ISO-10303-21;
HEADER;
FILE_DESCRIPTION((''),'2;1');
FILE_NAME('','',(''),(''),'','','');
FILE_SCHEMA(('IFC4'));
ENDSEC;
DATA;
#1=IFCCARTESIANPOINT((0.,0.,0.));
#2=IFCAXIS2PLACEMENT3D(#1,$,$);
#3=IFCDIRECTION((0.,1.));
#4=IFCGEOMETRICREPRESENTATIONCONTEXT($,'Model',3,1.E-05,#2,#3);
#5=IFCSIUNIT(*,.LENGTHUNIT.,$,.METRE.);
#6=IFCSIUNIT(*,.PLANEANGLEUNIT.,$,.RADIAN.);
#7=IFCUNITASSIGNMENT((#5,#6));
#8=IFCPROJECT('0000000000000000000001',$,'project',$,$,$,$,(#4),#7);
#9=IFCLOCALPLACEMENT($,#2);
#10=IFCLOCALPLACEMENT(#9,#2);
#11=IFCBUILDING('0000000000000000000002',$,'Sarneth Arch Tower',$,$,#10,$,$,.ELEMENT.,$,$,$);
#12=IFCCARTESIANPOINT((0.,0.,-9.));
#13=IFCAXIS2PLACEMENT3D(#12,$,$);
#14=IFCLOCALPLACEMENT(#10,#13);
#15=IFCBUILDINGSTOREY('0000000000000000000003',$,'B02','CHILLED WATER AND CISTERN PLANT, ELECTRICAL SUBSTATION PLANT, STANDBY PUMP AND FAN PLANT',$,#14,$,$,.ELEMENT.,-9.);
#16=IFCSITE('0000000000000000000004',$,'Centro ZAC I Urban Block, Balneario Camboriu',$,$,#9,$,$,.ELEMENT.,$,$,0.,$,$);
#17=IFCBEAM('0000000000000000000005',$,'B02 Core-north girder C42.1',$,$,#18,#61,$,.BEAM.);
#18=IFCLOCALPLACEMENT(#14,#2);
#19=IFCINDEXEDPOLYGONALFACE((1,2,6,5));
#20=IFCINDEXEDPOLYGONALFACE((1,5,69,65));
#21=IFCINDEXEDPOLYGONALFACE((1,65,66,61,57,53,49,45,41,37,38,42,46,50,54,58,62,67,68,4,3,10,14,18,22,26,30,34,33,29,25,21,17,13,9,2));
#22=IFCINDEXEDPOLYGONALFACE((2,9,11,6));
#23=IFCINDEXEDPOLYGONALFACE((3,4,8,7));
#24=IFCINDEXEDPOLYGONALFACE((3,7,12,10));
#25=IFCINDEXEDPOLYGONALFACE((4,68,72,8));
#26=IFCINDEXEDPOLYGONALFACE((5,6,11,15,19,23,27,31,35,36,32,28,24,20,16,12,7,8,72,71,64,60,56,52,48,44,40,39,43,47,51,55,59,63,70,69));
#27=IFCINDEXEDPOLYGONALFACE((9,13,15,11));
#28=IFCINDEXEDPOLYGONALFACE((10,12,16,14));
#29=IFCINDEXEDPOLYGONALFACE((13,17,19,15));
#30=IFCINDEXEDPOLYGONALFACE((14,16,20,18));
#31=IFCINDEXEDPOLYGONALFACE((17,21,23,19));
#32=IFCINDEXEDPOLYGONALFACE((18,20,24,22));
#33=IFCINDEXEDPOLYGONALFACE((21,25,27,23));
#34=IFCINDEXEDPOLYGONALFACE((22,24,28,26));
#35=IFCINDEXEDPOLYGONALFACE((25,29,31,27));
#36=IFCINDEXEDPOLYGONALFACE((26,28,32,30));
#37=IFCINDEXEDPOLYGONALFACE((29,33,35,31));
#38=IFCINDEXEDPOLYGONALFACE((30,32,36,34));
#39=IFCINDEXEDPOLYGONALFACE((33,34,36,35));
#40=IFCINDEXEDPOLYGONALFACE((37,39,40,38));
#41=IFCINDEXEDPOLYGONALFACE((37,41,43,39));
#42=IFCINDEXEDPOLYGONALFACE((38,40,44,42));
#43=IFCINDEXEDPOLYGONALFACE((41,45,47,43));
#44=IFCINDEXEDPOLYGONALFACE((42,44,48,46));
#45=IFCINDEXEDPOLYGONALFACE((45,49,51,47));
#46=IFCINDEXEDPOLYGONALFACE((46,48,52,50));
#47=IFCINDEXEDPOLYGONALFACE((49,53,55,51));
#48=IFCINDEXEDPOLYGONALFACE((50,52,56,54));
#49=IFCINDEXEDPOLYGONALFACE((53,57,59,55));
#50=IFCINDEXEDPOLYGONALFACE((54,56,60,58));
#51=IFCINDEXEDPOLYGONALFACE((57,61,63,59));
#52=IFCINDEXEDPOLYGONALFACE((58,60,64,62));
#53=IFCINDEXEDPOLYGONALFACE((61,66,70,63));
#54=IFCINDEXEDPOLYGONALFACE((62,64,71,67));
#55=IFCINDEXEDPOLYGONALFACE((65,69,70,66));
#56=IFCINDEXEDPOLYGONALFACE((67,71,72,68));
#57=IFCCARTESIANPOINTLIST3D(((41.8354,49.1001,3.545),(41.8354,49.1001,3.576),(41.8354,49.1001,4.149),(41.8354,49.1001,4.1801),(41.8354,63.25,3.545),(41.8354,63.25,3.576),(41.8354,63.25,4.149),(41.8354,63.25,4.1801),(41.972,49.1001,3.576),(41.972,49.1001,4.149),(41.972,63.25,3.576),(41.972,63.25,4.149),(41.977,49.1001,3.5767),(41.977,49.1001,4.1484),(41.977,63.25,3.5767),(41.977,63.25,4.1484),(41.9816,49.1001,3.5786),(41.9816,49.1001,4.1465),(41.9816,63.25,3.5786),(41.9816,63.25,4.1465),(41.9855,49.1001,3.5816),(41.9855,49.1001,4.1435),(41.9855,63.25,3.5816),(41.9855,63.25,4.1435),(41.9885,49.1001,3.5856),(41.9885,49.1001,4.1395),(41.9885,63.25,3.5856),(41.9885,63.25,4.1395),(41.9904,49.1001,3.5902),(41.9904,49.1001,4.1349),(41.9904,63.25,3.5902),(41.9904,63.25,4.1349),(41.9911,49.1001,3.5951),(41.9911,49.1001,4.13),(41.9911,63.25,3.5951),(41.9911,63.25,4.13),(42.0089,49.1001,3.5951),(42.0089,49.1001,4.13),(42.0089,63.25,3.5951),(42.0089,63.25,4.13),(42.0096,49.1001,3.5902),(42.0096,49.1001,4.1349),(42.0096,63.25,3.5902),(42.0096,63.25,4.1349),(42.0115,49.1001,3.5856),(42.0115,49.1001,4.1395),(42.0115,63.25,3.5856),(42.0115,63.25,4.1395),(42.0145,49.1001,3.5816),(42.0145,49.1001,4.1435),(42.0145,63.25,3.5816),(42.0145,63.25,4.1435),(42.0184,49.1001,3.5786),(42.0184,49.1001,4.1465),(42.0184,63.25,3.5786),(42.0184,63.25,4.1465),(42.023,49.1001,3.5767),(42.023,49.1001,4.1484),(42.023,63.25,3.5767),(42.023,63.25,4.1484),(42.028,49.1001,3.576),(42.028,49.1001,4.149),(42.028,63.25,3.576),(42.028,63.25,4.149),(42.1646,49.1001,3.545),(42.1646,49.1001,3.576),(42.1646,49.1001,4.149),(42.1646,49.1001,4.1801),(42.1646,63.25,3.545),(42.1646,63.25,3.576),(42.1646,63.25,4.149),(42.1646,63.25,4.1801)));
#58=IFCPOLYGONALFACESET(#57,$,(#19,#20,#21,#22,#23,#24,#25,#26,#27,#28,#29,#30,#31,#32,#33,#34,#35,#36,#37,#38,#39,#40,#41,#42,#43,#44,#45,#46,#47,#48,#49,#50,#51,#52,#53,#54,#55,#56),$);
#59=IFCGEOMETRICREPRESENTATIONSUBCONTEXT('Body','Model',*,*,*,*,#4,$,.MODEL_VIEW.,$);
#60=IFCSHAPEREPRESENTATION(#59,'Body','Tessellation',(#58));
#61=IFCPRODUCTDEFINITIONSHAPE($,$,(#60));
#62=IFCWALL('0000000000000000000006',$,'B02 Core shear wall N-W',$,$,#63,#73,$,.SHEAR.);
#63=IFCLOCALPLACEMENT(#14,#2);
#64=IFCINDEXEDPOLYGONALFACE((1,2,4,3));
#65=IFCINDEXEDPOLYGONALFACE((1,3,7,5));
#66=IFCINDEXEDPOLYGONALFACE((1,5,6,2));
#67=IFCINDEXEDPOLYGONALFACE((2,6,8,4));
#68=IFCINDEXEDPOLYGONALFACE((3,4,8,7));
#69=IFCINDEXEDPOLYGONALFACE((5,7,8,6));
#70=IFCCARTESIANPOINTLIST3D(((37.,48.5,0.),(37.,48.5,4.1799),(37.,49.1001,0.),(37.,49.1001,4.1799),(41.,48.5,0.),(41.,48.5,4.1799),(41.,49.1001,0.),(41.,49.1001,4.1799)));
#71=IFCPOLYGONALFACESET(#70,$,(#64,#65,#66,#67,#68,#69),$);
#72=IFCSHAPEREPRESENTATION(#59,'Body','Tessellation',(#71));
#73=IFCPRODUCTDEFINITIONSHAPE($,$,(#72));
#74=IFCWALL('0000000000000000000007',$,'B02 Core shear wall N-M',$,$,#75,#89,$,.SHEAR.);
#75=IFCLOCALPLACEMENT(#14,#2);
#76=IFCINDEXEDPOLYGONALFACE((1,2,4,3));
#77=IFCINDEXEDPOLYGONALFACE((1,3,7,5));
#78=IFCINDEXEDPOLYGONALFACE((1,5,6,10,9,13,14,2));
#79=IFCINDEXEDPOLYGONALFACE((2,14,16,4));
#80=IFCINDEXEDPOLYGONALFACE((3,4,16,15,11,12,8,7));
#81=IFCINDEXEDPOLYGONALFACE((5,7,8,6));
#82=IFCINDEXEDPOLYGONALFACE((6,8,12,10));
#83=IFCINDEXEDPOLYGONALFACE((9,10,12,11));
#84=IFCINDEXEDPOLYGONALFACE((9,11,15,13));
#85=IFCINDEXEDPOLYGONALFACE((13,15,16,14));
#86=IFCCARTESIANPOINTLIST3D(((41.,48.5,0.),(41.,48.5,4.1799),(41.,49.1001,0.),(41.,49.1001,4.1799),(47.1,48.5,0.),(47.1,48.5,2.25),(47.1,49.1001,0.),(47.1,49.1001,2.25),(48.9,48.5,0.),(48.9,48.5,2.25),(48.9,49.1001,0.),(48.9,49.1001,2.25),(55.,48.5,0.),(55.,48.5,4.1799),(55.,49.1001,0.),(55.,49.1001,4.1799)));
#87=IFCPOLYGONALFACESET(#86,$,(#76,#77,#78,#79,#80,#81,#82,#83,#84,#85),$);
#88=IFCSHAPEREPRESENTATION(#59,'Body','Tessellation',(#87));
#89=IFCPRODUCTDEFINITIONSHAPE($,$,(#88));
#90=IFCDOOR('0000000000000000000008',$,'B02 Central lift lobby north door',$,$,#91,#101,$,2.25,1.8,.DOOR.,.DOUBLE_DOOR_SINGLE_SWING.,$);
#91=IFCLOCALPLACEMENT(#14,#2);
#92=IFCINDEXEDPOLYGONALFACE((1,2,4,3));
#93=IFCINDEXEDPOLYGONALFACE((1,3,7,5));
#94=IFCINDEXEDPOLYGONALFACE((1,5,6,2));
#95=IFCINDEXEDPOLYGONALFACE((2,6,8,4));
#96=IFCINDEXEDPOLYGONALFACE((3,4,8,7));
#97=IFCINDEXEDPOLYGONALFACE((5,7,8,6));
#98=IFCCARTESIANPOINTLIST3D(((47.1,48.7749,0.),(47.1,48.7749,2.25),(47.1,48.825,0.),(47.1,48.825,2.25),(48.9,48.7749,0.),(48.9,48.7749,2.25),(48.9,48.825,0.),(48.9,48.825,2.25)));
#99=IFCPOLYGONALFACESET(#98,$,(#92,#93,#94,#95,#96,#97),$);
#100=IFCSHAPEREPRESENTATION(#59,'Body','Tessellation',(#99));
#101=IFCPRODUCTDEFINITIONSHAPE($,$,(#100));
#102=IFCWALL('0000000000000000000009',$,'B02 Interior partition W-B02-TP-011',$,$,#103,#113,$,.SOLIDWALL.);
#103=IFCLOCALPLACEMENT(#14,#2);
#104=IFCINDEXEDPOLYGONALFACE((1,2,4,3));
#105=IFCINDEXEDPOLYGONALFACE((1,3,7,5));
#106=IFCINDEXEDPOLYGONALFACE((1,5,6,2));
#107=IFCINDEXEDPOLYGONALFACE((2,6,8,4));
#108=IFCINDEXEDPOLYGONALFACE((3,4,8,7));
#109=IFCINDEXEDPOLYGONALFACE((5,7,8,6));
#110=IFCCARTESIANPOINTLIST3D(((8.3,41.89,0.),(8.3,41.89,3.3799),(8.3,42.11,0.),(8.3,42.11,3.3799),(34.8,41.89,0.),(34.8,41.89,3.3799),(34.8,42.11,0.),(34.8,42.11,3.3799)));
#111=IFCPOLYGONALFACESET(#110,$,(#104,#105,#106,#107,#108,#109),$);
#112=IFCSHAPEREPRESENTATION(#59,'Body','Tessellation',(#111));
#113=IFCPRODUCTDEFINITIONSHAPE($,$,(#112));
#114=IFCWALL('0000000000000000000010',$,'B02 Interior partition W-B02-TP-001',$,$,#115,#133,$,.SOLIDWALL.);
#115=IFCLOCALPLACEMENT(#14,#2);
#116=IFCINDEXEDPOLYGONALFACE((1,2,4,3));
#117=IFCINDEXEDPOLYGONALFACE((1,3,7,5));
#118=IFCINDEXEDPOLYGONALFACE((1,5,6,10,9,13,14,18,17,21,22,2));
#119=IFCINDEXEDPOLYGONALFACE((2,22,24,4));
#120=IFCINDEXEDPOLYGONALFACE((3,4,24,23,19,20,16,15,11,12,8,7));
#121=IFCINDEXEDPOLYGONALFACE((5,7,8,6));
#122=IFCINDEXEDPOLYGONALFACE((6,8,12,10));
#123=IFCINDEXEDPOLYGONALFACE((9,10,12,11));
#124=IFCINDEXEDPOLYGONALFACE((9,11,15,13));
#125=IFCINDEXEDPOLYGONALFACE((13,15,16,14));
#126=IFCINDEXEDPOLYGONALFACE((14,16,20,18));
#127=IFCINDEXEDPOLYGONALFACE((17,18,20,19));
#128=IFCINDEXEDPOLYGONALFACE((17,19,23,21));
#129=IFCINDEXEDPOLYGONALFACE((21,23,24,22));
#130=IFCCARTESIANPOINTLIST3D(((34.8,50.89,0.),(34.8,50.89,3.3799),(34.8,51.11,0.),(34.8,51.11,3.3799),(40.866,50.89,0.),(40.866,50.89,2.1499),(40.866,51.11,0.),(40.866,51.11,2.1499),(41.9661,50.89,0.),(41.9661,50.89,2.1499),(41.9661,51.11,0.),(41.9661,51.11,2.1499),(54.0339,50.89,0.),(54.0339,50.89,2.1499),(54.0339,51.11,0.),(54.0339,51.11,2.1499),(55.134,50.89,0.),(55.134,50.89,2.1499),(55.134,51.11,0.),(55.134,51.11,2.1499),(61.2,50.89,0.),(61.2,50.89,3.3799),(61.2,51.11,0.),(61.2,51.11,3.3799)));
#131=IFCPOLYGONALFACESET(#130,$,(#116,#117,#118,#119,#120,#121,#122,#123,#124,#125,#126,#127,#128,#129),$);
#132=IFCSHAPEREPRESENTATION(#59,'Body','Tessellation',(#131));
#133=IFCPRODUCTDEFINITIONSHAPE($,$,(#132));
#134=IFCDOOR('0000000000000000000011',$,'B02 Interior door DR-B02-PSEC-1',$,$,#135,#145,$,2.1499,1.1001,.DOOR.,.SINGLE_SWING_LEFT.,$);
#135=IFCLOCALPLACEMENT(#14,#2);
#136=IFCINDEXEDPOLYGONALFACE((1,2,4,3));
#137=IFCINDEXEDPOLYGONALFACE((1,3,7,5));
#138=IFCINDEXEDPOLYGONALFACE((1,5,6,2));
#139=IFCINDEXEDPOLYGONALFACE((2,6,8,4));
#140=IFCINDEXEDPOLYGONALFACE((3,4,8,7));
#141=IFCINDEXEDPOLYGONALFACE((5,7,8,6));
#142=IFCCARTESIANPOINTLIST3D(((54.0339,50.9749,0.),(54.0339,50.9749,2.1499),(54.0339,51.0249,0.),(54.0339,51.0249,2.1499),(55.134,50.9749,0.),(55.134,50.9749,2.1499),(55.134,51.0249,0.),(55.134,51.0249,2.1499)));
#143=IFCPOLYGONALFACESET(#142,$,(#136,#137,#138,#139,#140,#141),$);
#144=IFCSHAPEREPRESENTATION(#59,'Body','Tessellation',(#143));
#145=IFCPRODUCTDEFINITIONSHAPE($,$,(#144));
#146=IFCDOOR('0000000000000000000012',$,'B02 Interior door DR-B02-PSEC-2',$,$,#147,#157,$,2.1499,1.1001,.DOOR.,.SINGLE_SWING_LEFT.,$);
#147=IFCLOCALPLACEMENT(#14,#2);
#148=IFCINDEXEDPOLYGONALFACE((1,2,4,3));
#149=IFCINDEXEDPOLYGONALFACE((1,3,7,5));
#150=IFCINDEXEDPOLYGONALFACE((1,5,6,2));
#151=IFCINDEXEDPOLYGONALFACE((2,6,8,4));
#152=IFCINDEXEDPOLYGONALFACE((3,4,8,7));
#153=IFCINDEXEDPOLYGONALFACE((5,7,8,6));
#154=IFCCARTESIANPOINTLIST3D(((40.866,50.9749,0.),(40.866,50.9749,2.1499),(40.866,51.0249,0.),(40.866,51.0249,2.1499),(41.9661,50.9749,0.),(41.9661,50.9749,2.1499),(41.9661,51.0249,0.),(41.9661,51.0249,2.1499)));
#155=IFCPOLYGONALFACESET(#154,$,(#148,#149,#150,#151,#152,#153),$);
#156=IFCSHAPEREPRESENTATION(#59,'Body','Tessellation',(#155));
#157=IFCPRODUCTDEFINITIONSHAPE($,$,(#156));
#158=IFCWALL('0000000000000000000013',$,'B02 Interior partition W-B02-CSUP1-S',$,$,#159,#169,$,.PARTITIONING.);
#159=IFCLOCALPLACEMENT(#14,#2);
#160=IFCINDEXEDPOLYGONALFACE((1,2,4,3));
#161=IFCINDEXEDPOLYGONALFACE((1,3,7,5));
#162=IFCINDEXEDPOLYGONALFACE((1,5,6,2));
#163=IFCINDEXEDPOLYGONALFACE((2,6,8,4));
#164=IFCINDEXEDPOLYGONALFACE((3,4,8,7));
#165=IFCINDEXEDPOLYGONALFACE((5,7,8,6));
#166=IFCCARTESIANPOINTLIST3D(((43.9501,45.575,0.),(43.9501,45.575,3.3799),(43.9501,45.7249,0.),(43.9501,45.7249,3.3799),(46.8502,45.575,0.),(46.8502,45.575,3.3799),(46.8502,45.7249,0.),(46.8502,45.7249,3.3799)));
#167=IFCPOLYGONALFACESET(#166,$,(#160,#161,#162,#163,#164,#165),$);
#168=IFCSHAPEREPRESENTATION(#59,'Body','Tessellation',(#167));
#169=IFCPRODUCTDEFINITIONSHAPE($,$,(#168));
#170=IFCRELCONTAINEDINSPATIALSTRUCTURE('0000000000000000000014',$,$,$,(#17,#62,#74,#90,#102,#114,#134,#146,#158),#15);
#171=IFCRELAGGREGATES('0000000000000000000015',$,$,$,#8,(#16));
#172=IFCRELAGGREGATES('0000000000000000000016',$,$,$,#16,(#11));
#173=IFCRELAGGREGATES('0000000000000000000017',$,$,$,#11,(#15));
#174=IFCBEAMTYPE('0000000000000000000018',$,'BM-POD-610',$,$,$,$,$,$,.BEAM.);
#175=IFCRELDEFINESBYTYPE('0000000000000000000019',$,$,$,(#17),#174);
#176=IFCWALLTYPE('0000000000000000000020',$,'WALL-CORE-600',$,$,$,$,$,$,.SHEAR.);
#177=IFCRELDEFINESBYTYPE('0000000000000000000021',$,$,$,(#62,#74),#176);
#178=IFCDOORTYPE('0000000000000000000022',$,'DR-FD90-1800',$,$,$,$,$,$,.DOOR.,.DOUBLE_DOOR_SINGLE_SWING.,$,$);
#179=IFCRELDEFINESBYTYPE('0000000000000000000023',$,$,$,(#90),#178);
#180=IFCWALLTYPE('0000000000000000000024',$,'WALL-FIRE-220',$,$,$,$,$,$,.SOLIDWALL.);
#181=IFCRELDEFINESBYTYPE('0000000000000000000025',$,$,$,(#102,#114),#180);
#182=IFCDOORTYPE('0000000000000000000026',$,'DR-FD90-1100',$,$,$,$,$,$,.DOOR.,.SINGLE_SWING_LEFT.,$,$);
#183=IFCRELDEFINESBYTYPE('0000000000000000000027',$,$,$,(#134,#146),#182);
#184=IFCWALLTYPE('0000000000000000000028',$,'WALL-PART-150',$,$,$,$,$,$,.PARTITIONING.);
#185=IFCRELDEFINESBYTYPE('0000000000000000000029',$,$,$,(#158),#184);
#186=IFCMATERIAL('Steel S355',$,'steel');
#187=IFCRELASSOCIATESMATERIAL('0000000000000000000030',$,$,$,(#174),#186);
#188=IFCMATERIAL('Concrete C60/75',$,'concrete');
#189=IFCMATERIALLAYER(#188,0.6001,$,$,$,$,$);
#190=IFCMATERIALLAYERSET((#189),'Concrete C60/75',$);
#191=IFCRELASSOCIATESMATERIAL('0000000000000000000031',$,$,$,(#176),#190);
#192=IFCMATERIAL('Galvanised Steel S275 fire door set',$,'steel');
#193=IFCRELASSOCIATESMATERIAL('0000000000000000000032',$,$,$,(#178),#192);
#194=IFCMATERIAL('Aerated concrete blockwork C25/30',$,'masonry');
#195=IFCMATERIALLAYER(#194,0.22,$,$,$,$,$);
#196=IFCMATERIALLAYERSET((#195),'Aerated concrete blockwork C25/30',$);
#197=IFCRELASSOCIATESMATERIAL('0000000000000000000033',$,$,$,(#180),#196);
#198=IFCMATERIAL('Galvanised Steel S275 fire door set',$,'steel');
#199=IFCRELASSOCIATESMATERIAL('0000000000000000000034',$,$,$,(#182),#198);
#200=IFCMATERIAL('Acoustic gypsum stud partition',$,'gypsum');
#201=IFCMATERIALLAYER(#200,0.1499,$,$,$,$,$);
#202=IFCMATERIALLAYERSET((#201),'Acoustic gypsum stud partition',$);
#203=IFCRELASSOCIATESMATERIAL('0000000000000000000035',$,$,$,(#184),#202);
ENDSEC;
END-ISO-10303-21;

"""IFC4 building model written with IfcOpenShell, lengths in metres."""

from ifc_helpers import new_model, si_unit, direction, frame, frame_2d, origin, origin_2d, place, context, subcontext, project, spatial, rectangle, i_section, extrude, material, layer, layer_set, material_profile, profile_set, type_object, element, fill, save


model = new_model("IFC4")

# Units and contexts
model_context = context("Model", 3, precision=1e-05, world=origin(), true_north=direction((0.0, 1.0)))
body_context = subcontext(model_context, "Body", "Model", "MODEL_VIEW")
ifc_project = project(units=[si_unit("LENGTHUNIT", "METRE"), si_unit("PLANEANGLEUNIT", "RADIAN")], contexts=[model_context])

# Site, building, storey
site_placement = place(None, origin())
site = spatial("IfcSite", under=ifc_project, at=site_placement, Name="Centro ZAC I Urban Block, Balneario Camboriu", CompositionType="ELEMENT", RefElevation=0.0)
building_placement = place(site_placement, origin())
building = spatial("IfcBuilding", under=site, at=building_placement, Name="Sarneth Arch Tower", CompositionType="ELEMENT")
storey_placement = place(building_placement, frame((0.0, 0.0, -9.0)))
storey = spatial("IfcBuildingStorey", under=building, at=storey_placement, Name="B02", Description="CHILLED WATER AND CISTERN PLANT, ELECTRICAL SUBSTATION PLANT, STANDBY PUMP AND FAN PLANT", CompositionType="ELEMENT", Elevation=-9.0)

# Beam
ifc_material_1 = material(Name="Steel S355", Category="steel")
ifc_material_profile_1 = material_profile(ifc_material_1, i_section(OverallWidth=0.3291, OverallDepth=0.635, WebThickness=0.0178, FlangeThickness=0.031, FilletRadius=0.019, at=origin_2d()), Name="W610x241")
ifc_profile_set_1 = profile_set([ifc_material_profile_1], Name="Steel S355")
beam_type = type_object("IfcBeamType", Name="BM-POD-610", PredefinedType="BEAM", material=ifc_profile_set_1)
beam_1_placement = place(storey_placement, frame((42.0, 49.1001, 3.8625), z_axis=(0.0, 1.0, 0.0), x_axis=(-1.0, 0.0, 0.0)))
element("IfcBeam", 1, at=beam_1_placement, inside=storey, type_object=beam_type, Name="B02 Core-north girder C42.1", PredefinedType="BEAM", context=body_context, shape_type="SweptSolid", body=[
    extrude(i_section(OverallWidth=0.3291, OverallDepth=0.635, WebThickness=0.0178, FlangeThickness=0.031, FilletRadius=0.019, at=origin_2d()), origin(), (0.0, 0.0, 1.0), 14.1499),
])

# Wall
ifc_material_2 = material(Name="Concrete C60/75", Category="concrete")
ifc_layer_1 = layer(ifc_material_2, 0.6001)
ifc_layer_set_1 = layer_set([ifc_layer_1], Name="Concrete C60/75")
wall_type_1 = type_object("IfcWallType", Name="WALL-CORE-600", PredefinedType="SHEAR", material=ifc_layer_set_1)
wall_1_placement = place(storey_placement, frame((37.0, 48.8, 0.0), z_axis=(0.0, 0.0, 1.0), x_axis=(1.0, 0.0, 0.0)))
element("IfcWall", 2, at=wall_1_placement, inside=storey, type_object=wall_type_1, Name="B02 Core shear wall N-W", PredefinedType="SHEAR", context=body_context, shape_type="SweptSolid", body=[
    extrude(rectangle(XDim=4.0, YDim=0.6001, at=frame_2d((2.0, 0.0))), origin(), (0.0, 0.0, 1.0), 4.1799),
])

# Wall, opening, door
wall_2_placement = place(storey_placement, frame((41.0, 48.8, 0.0), z_axis=(0.0, 0.0, 1.0), x_axis=(1.0, 0.0, 0.0)))
wall_2 = element("IfcWall", 3, at=wall_2_placement, inside=storey, type_object=wall_type_1, Name="B02 Core shear wall N-M", PredefinedType="SHEAR", context=body_context, shape_type="SweptSolid", body=[
    extrude(rectangle(XDim=14.0, YDim=0.6001, at=frame_2d((7.0, 0.0))), origin(), (0.0, 0.0, 1.0), 4.1799),
])
opening_1_placement = place(wall_2_placement, frame((6.1001, 0.0, 0.0)))
opening_1 = element("IfcOpeningElement", 4, at=opening_1_placement, cuts=wall_2, PredefinedType="OPENING", context=body_context, shape_type="SweptSolid", body=[
    extrude(rectangle(XDim=1.8, YDim=2.25, at=frame_2d((0.8999, 1.125))), frame((0.0, 0.3101, 0.0), z_axis=(0.0, -1.0, 0.0), x_axis=(1.0, 0.0, 0.0)), (0.0, 0.0, 1.0), 0.6201),
])
ifc_material_3 = material(Name="Galvanised Steel S275 fire door set", Category="steel")
door_type_1 = type_object("IfcDoorType", Name="DR-FD90-1800", OperationType="DOUBLE_DOOR_SINGLE_SWING", PredefinedType="DOOR", material=ifc_material_3)
door_1_placement = place(opening_1_placement, origin())
door_1 = element("IfcDoor", 5, at=door_1_placement, inside=storey, type_object=door_type_1, Name="B02 Central lift lobby north door", OperationType="DOUBLE_DOOR_SINGLE_SWING", OverallHeight=2.25, OverallWidth=1.8, PredefinedType="DOOR", context=body_context, shape_type="SweptSolid", body=[
    extrude(rectangle(XDim=1.8, YDim=2.25, at=frame_2d((0.8999, 1.125))), frame((0.0, 0.0249, 0.0), z_axis=(0.0, -1.0, 0.0), x_axis=(1.0, 0.0, 0.0)), (0.0, 0.0, 1.0), 0.05),
])
fill(opening_1, door_1)

# Wall
ifc_material_4 = material(Name="Aerated concrete blockwork C25/30", Category="masonry")
ifc_layer_2 = layer(ifc_material_4, 0.22)
ifc_layer_set_2 = layer_set([ifc_layer_2], Name="Aerated concrete blockwork C25/30")
wall_type_2 = type_object("IfcWallType", Name="WALL-FIRE-220", PredefinedType="SOLIDWALL", material=ifc_layer_set_2)
wall_3_placement = place(storey_placement, frame((34.8, 42.0, 0.0), z_axis=(0.0, 0.0, 1.0), x_axis=(-1.0, 0.0, 0.0)))
element("IfcWall", 6, at=wall_3_placement, inside=storey, type_object=wall_type_2, Name="B02 Interior partition W-B02-TP-011", PredefinedType="SOLIDWALL", context=body_context, shape_type="SweptSolid", body=[
    extrude(rectangle(XDim=26.5, YDim=0.22, at=frame_2d((13.25, 0.0))), origin(), (0.0, 0.0, 1.0), 3.3799),
])

# Wall, openings, doors
wall_4_placement = place(storey_placement, frame((34.8, 51.0, 0.0), z_axis=(0.0, 0.0, 1.0), x_axis=(1.0, 0.0, 0.0)))
wall_4 = element("IfcWall", 7, at=wall_4_placement, inside=storey, type_object=wall_type_2, Name="B02 Interior partition W-B02-TP-001", PredefinedType="SOLIDWALL", context=body_context, shape_type="SweptSolid", body=[
    extrude(rectangle(XDim=26.3999, YDim=0.22, at=frame_2d((13.2, 0.0))), origin(), (0.0, 0.0, 1.0), 3.3799),
])
opening_2_placement = place(wall_4_placement, frame((19.2339, 0.0, 0.0)))
opening_2 = element("IfcOpeningElement", 8, at=opening_2_placement, cuts=wall_4, PredefinedType="OPENING", context=body_context, shape_type="SweptSolid", body=[
    extrude(rectangle(XDim=1.1001, YDim=2.1499, at=frame_2d((0.55, 1.075))), frame((0.0, 0.1199, 0.0), z_axis=(0.0, -1.0, 0.0), x_axis=(1.0, 0.0, 0.0)), (0.0, 0.0, 1.0), 0.24),
])
opening_3_placement = place(wall_4_placement, frame((6.0659, 0.0, 0.0)))
opening_3 = element("IfcOpeningElement", 9, at=opening_3_placement, cuts=wall_4, PredefinedType="OPENING", context=body_context, shape_type="SweptSolid", body=[
    extrude(rectangle(XDim=1.1001, YDim=2.1499, at=frame_2d((0.55, 1.075))), frame((0.0, 0.1199, 0.0), z_axis=(0.0, -1.0, 0.0), x_axis=(1.0, 0.0, 0.0)), (0.0, 0.0, 1.0), 0.24),
])
ifc_material_5 = material(Name="Galvanised Steel S275 fire door set", Category="steel")
door_type_2 = type_object("IfcDoorType", Name="DR-FD90-1100", OperationType="SINGLE_SWING_LEFT", PredefinedType="DOOR", material=ifc_material_5)
door_2_placement = place(opening_2_placement, origin())
door_2 = element("IfcDoor", 10, at=door_2_placement, inside=storey, type_object=door_type_2, Name="B02 Interior door DR-B02-PSEC-1", OperationType="SINGLE_SWING_LEFT", OverallHeight=2.1499, OverallWidth=1.1001, PredefinedType="DOOR", context=body_context, shape_type="SweptSolid", body=[
    extrude(rectangle(XDim=1.1001, YDim=2.1499, at=frame_2d((0.55, 1.075))), frame((0.0, 0.0249, 0.0), z_axis=(0.0, -1.0, 0.0), x_axis=(1.0, 0.0, 0.0)), (0.0, 0.0, 1.0), 0.05),
])
fill(opening_2, door_2)
door_3_placement = place(opening_3_placement, origin())
door_3 = element("IfcDoor", 11, at=door_3_placement, inside=storey, type_object=door_type_2, Name="B02 Interior door DR-B02-PSEC-2", OperationType="SINGLE_SWING_LEFT", OverallHeight=2.1499, OverallWidth=1.1001, PredefinedType="DOOR", context=body_context, shape_type="SweptSolid", body=[
    extrude(rectangle(XDim=1.1001, YDim=2.1499, at=frame_2d((0.55, 1.075))), frame((0.0, 0.0249, 0.0), z_axis=(0.0, -1.0, 0.0), x_axis=(1.0, 0.0, 0.0)), (0.0, 0.0, 1.0), 0.05),
])
fill(opening_3, door_3)

# Wall
ifc_material_6 = material(Name="Acoustic gypsum stud partition", Category="gypsum")
ifc_layer_3 = layer(ifc_material_6, 0.1499)
ifc_layer_set_3 = layer_set([ifc_layer_3], Name="Acoustic gypsum stud partition")
wall_type_3 = type_object("IfcWallType", Name="WALL-PART-150", PredefinedType="PARTITIONING", material=ifc_layer_set_3)
wall_5_placement = place(storey_placement, frame((43.95, 45.6499, 0.0), z_axis=(0.0, 0.0, 1.0), x_axis=(1.0, 0.0, 0.0)))
element("IfcWall", 12, at=wall_5_placement, inside=storey, type_object=wall_type_3, Name="B02 Interior partition W-B02-CSUP1-S", PredefinedType="PARTITIONING", context=body_context, shape_type="SweptSolid", body=[
    extrude(rectangle(XDim=2.9001, YDim=0.1499, at=frame_2d((1.4502, 0.0))), origin(), (0.0, 0.0, 1.0), 3.3799),
])

save(model, "model.ifc")
